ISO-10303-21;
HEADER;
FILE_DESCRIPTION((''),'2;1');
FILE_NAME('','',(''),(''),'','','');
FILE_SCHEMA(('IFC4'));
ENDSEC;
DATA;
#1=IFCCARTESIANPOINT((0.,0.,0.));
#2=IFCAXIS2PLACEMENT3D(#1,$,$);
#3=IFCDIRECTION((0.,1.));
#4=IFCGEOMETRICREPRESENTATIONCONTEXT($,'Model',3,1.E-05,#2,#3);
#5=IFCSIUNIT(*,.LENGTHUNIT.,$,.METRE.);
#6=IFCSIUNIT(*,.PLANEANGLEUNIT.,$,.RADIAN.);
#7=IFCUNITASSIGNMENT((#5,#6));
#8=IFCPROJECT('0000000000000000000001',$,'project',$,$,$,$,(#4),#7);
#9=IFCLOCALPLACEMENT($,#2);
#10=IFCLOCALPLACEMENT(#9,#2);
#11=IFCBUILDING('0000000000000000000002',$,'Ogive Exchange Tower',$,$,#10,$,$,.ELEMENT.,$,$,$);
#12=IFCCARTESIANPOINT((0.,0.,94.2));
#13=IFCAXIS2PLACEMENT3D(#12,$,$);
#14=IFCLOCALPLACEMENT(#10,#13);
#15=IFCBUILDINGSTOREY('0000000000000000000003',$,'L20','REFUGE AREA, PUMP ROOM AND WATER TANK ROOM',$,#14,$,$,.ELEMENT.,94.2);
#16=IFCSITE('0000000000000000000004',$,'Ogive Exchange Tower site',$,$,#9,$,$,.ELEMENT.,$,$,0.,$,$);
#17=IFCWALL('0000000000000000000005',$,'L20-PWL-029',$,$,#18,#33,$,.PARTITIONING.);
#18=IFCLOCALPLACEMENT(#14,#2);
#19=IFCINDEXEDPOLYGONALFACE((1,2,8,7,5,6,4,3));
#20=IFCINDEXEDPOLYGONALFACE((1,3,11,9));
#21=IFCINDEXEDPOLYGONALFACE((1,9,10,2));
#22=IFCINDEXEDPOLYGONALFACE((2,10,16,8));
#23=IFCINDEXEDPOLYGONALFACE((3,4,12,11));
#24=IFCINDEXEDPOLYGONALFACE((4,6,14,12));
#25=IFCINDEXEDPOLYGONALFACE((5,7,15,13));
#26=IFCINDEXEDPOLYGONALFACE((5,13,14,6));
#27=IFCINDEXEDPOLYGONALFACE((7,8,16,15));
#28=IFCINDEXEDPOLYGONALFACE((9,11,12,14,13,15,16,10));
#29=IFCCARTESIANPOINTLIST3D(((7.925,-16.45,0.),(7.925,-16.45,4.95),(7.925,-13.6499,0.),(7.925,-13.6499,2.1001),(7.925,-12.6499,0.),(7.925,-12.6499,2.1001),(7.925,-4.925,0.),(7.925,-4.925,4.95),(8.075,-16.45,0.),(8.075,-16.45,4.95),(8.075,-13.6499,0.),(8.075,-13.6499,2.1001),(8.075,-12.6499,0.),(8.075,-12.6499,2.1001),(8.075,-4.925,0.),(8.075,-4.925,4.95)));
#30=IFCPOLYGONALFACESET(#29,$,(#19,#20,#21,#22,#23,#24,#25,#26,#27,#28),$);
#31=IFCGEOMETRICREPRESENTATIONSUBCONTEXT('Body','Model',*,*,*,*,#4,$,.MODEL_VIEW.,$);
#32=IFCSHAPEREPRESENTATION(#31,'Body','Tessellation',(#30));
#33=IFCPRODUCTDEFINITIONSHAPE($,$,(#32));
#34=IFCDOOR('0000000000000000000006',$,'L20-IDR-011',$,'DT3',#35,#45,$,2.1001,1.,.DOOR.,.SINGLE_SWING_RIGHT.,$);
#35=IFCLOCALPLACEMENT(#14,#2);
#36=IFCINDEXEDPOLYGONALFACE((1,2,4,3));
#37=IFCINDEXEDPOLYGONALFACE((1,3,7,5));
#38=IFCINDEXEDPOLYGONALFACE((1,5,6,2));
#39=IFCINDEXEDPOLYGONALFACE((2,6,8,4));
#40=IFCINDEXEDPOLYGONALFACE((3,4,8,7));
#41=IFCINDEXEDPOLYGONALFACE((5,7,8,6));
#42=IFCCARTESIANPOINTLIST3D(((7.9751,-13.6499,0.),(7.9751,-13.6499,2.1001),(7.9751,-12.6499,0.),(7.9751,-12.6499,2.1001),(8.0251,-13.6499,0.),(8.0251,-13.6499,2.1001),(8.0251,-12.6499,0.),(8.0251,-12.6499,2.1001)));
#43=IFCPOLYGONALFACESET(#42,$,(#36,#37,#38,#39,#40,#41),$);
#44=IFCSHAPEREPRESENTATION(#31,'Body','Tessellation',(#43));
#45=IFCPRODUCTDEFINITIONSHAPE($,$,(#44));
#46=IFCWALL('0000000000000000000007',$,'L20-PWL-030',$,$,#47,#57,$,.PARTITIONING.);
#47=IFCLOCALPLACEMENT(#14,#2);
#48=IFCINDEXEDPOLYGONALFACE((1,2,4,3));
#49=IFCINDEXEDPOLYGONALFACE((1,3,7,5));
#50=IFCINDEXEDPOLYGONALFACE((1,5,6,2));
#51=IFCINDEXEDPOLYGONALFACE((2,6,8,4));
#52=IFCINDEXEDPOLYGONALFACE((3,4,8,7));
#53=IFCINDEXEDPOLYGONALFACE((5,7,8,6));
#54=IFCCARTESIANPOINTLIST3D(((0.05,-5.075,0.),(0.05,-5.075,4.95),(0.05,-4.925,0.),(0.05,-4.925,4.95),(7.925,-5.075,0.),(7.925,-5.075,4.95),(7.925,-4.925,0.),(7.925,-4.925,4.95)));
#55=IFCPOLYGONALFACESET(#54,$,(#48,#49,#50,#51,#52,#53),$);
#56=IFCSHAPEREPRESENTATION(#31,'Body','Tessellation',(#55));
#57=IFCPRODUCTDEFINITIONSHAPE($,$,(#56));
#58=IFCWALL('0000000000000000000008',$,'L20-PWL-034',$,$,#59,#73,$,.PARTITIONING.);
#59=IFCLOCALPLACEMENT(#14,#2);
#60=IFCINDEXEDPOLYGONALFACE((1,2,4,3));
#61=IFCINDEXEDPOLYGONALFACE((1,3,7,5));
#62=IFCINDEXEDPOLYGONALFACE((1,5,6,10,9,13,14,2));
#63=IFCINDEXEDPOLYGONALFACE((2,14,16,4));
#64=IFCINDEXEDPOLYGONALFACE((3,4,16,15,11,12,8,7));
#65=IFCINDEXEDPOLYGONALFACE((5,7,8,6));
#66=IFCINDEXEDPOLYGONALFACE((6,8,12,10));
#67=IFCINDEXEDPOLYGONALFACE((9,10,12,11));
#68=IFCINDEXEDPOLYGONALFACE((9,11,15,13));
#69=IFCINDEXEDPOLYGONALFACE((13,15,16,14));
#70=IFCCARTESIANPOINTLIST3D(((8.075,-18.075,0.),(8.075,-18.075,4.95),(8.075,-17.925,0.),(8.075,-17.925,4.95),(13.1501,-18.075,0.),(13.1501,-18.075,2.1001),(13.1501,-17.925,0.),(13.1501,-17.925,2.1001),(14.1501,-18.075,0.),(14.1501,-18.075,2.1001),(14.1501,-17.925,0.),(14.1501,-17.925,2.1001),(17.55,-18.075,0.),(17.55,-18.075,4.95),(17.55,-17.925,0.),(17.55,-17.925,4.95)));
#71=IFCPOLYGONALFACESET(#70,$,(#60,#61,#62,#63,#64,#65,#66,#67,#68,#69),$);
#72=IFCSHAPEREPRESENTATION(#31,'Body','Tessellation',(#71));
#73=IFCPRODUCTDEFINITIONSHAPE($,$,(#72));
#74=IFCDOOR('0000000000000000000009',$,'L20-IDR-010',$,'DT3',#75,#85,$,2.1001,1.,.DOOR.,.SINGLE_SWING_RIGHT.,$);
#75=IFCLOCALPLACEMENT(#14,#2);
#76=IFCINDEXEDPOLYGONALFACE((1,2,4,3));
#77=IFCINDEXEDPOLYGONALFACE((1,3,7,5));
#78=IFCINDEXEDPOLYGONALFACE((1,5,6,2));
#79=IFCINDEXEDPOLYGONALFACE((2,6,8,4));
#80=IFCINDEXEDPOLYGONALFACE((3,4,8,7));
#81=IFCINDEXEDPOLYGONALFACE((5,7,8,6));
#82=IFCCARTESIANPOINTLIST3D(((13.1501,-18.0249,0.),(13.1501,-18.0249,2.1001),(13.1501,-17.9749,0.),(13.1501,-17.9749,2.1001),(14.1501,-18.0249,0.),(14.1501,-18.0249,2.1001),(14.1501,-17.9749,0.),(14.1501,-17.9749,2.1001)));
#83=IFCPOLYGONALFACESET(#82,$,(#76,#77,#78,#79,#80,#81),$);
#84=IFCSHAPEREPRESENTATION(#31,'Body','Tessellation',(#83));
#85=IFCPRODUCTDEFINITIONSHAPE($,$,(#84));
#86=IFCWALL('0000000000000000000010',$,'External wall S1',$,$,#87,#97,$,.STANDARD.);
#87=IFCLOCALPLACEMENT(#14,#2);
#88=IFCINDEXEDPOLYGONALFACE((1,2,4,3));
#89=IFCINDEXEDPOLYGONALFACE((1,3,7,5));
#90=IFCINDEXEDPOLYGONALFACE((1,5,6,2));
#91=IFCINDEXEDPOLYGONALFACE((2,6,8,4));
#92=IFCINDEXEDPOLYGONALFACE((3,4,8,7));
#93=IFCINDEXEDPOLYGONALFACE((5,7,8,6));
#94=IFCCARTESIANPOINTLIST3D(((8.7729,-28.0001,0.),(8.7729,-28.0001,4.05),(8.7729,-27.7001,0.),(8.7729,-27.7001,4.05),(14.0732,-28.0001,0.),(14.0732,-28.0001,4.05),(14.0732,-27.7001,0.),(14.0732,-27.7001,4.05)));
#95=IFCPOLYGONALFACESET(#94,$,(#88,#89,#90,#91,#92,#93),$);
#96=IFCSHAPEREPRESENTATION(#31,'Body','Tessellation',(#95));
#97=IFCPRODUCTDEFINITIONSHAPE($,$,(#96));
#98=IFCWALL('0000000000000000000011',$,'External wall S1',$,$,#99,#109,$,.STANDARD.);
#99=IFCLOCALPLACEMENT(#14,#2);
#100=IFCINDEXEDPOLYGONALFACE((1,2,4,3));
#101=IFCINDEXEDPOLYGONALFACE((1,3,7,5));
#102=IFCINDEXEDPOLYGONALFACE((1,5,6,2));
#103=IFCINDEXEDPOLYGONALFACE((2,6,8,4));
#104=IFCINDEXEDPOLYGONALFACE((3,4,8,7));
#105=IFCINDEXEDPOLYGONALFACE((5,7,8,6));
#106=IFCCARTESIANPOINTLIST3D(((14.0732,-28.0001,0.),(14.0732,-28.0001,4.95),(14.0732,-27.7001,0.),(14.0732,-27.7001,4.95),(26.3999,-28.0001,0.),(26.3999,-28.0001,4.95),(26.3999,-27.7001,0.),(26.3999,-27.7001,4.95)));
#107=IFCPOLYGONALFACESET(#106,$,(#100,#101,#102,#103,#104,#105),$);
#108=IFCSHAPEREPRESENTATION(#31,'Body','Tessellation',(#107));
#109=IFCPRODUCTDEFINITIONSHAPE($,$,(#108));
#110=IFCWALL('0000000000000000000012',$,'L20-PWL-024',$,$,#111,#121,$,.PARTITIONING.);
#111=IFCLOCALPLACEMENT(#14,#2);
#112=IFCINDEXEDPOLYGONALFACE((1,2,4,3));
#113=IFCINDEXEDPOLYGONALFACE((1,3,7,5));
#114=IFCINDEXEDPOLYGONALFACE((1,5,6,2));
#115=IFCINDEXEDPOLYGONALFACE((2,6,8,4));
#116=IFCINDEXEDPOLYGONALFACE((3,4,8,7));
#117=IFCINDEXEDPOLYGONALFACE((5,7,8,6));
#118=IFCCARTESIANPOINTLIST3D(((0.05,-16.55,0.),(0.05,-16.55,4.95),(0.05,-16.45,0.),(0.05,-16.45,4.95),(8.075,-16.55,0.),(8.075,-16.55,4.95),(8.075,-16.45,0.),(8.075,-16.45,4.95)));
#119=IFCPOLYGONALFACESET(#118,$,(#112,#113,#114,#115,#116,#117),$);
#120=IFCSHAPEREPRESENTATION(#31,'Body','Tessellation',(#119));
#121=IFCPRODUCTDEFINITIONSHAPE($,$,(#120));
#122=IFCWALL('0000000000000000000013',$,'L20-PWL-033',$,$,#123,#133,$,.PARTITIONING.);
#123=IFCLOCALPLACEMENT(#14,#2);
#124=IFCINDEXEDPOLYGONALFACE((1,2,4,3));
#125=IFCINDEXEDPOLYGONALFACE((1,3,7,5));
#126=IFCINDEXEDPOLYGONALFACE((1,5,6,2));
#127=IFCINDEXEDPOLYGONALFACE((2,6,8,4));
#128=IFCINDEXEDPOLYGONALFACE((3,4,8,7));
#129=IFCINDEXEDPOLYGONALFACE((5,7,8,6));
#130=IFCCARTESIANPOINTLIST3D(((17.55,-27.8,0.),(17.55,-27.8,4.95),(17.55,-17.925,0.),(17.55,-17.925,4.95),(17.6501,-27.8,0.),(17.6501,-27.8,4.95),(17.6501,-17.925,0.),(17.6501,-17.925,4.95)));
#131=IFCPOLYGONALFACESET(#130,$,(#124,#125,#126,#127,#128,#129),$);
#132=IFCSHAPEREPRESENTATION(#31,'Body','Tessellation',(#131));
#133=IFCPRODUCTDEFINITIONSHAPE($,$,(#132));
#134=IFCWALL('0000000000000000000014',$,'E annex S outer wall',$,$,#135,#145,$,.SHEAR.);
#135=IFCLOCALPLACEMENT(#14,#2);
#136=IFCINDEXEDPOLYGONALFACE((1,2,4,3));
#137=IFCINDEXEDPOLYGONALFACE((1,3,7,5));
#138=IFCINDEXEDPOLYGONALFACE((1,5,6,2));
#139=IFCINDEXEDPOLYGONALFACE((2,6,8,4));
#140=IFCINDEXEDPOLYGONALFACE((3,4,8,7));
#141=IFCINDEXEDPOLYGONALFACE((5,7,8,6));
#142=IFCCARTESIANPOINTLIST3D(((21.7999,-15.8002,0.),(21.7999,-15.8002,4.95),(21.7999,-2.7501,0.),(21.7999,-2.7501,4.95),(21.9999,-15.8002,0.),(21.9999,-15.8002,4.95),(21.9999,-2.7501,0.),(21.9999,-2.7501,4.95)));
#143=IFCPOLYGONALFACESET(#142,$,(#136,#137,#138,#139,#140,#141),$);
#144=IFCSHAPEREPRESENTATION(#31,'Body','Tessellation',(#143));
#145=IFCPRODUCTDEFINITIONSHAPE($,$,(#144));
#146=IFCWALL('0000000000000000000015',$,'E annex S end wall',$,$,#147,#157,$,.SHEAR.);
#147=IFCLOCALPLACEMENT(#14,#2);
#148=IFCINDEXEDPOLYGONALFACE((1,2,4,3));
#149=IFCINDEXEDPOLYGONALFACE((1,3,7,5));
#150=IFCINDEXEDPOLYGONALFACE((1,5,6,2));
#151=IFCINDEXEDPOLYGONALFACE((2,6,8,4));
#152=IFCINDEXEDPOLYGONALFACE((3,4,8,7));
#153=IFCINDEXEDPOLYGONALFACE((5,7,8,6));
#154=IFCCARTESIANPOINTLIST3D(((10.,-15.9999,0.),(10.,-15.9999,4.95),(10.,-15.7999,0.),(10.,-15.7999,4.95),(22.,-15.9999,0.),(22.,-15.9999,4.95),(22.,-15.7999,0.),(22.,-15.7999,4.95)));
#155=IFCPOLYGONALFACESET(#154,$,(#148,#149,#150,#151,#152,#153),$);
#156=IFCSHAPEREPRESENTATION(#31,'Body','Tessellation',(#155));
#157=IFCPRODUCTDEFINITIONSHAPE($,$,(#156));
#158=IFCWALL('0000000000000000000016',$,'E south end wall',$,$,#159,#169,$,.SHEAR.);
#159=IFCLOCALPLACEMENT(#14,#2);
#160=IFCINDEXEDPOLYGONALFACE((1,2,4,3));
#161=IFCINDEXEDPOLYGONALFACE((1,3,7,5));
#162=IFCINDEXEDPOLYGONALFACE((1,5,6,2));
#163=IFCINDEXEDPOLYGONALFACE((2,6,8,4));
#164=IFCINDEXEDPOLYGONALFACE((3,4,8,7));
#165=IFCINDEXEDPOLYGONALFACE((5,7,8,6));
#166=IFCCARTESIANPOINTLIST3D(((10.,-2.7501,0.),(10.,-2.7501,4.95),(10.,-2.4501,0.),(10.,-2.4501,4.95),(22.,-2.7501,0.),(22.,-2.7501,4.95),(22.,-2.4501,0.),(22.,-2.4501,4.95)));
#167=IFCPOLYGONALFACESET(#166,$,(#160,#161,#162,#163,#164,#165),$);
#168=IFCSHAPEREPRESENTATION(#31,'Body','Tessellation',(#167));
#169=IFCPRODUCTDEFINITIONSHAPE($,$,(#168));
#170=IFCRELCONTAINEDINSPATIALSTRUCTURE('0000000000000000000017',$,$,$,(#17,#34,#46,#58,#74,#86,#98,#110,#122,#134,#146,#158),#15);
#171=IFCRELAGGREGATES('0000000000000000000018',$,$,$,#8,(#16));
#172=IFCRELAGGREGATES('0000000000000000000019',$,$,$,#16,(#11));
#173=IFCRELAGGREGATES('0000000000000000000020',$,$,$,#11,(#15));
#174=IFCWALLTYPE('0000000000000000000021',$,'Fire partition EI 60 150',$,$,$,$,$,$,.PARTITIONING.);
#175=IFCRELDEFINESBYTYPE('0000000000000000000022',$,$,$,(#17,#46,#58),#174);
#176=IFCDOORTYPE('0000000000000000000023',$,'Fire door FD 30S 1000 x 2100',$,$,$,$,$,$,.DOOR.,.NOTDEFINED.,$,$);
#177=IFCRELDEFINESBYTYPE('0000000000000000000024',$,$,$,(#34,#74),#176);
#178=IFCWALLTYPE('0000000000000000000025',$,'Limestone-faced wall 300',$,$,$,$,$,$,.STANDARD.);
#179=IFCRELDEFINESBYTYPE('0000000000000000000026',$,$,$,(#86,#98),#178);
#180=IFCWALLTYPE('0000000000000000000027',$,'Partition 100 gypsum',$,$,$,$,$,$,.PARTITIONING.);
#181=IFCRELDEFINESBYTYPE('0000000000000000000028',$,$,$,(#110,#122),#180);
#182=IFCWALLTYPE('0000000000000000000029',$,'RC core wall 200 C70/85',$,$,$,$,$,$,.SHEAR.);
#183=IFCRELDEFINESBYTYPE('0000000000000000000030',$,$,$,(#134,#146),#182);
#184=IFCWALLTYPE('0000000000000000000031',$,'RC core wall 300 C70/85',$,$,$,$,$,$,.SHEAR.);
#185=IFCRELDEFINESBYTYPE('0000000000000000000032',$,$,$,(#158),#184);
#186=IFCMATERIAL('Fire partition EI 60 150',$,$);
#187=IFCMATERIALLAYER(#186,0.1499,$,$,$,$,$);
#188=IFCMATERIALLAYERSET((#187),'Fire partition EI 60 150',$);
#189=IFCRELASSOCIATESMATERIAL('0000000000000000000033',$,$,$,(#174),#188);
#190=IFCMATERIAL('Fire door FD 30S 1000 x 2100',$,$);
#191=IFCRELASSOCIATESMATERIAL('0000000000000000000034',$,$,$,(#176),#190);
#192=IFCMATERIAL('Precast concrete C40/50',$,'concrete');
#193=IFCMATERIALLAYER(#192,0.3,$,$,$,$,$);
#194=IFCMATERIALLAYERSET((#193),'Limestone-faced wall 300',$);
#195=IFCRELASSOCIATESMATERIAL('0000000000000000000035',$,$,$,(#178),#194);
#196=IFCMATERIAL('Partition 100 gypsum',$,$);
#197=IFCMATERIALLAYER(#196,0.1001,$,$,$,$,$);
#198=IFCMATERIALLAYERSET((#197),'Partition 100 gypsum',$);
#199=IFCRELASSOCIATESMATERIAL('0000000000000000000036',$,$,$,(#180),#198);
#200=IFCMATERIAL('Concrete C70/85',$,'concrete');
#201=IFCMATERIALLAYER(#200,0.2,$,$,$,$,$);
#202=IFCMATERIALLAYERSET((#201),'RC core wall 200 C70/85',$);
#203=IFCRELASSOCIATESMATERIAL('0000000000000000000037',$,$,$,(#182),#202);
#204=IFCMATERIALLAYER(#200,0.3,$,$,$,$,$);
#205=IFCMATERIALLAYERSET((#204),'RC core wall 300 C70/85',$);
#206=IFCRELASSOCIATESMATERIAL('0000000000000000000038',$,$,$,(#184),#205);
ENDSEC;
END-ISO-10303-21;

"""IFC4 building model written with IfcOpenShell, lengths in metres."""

from ifc_helpers import new_model, si_unit, direction, frame, frame_2d, origin, place, context, subcontext, project, spatial, rectangle, extrude, material, layer, layer_set, type_object, element, fill, save


model = new_model("IFC4")

# Units and contexts
model_context = context("Model", 3, precision=1e-05, world=origin(), true_north=direction((0.0, 1.0)))
body_context = subcontext(model_context, "Body", "Model", "MODEL_VIEW")
ifc_project = project(units=[si_unit("LENGTHUNIT", "METRE"), si_unit("PLANEANGLEUNIT", "RADIAN")], contexts=[model_context])

# Site, building, storey
site_placement = place(None, origin())
site = spatial("IfcSite", under=ifc_project, at=site_placement, Name="Ogive Exchange Tower site", CompositionType="ELEMENT", RefElevation=0.0)
building_placement = place(site_placement, origin())
building = spatial("IfcBuilding", under=site, at=building_placement, Name="Ogive Exchange Tower", CompositionType="ELEMENT")
storey_placement = place(building_placement, frame((0.0, 0.0, 94.2)))
storey = spatial("IfcBuildingStorey", under=building, at=storey_placement, Name="L20", Description="REFUGE AREA, PUMP ROOM AND WATER TANK ROOM", CompositionType="ELEMENT", Elevation=94.2)

# Shared definitions
ifc_material_1 = material(Name="Fire partition EI 60 150")
ifc_layer_1 = layer(ifc_material_1, 0.1499)
ifc_layer_set_1 = layer_set([ifc_layer_1], Name="Fire partition EI 60 150")
wall_type_1 = type_object("IfcWallType", Name="Fire partition EI 60 150", PredefinedType="PARTITIONING", material=ifc_layer_set_1)

# Wall, opening, door
wall_1_placement = place(storey_placement, frame((8.0, -16.45, 0.0), z_axis=(0.0, 0.0, 1.0), x_axis=(0.0, 1.0, 0.0)))
wall_1 = element("IfcWall", 1, at=wall_1_placement, inside=storey, type_object=wall_type_1, Name="L20-PWL-029", PredefinedType="PARTITIONING", context=body_context, shape_type="SweptSolid", body=[
    extrude(rectangle(XDim=11.5249, YDim=0.1499, at=frame_2d((5.7625, 0.0))), origin(), (0.0, 0.0, 1.0), 4.95),
])
opening_1_placement = place(wall_1_placement, frame((2.8, 0.0, 0.0)))
opening_1 = element("IfcOpeningElement", 2, at=opening_1_placement, cuts=wall_1, PredefinedType="OPENING", context=body_context, shape_type="SweptSolid", body=[
    extrude(rectangle(XDim=1.0, YDim=2.1001, at=frame_2d((0.5, 1.05))), frame((0.0, 0.085, 0.0), z_axis=(0.0, -1.0, 0.0), x_axis=(1.0, 0.0, 0.0)), (0.0, 0.0, 1.0), 0.1699),
])
ifc_material_2 = material(Name="Fire door FD 30S 1000 x 2100")
door_type_1 = type_object("IfcDoorType", Name="Fire door FD 30S 1000 x 2100", OperationType="NOTDEFINED", PredefinedType="DOOR", material=ifc_material_2)
door_1_placement = place(opening_1_placement, origin())
door_1 = element("IfcDoor", 3, at=door_1_placement, inside=storey, type_object=door_type_1, Name="L20-IDR-011", ObjectType="DT3", OperationType="SINGLE_SWING_RIGHT", OverallHeight=2.1001, OverallWidth=1.0, PredefinedType="DOOR", context=body_context, shape_type="SweptSolid", body=[
    extrude(rectangle(XDim=1.0, YDim=2.1001, at=frame_2d((0.5, 1.05))), frame((0.0, 0.0249, 0.0), z_axis=(0.0, -1.0, 0.0), x_axis=(1.0, 0.0, 0.0)), (0.0, 0.0, 1.0), 0.05),
])
fill(opening_1, door_1)

# Wall
wall_2_placement = place(storey_placement, frame((7.925, -5.0, 0.0), z_axis=(0.0, 0.0, 1.0), x_axis=(-1.0, 0.0, 0.0)))
element("IfcWall", 4, at=wall_2_placement, inside=storey, type_object=wall_type_1, Name="L20-PWL-030", PredefinedType="PARTITIONING", context=body_context, shape_type="SweptSolid", body=[
    extrude(rectangle(XDim=7.875, YDim=0.1499, at=frame_2d((3.9375, 0.0))), origin(), (0.0, 0.0, 1.0), 4.95),
])

# Wall, opening, door
wall_3_placement = place(storey_placement, frame((17.55, -18.0, 0.0), z_axis=(0.0, 0.0, 1.0), x_axis=(-1.0, 0.0, 0.0)))
wall_3 = element("IfcWall", 5, at=wall_3_placement, inside=storey, type_object=wall_type_1, Name="L20-PWL-034", PredefinedType="PARTITIONING", context=body_context, shape_type="SweptSolid", body=[
    extrude(rectangle(XDim=9.4751, YDim=0.1499, at=frame_2d((4.7375, 0.0))), origin(), (0.0, 0.0, 1.0), 4.95),
])
opening_2_placement = place(wall_3_placement, frame((3.3999, 0.0, 0.0)))
opening_2 = element("IfcOpeningElement", 6, at=opening_2_placement, cuts=wall_3, PredefinedType="OPENING", context=body_context, shape_type="SweptSolid", body=[
    extrude(rectangle(XDim=1.0, YDim=2.1001, at=frame_2d((0.5, 1.05))), frame((0.0, 0.085, 0.0), z_axis=(0.0, -1.0, 0.0), x_axis=(1.0, 0.0, 0.0)), (0.0, 0.0, 1.0), 0.1699),
])
door_2_placement = place(opening_2_placement, origin())
door_2 = element("IfcDoor", 7, at=door_2_placement, inside=storey, type_object=door_type_1, Name="L20-IDR-010", ObjectType="DT3", OperationType="SINGLE_SWING_RIGHT", OverallHeight=2.1001, OverallWidth=1.0, PredefinedType="DOOR", context=body_context, shape_type="SweptSolid", body=[
    extrude(rectangle(XDim=1.0, YDim=2.1001, at=frame_2d((0.5, 1.05))), frame((0.0, 0.0249, 0.0), z_axis=(0.0, -1.0, 0.0), x_axis=(1.0, 0.0, 0.0)), (0.0, 0.0, 1.0), 0.05),
])
fill(opening_2, door_2)

# Walls
ifc_material_3 = material(Name="Precast concrete C40/50", Category="concrete")
ifc_layer_2 = layer(ifc_material_3, 0.3)
ifc_layer_set_2 = layer_set([ifc_layer_2], Name="Limestone-faced wall 300")
wall_type_2 = type_object("IfcWallType", Name="Limestone-faced wall 300", PredefinedType="STANDARD", material=ifc_layer_set_2)
wall_4_placement = place(storey_placement, frame((8.7729, -27.8501, 0.0), z_axis=(0.0, 0.0, 1.0), x_axis=(1.0, 0.0, 0.0)))
element("IfcWall", 8, at=wall_4_placement, inside=storey, type_object=wall_type_2, Name="External wall S1", PredefinedType="STANDARD", context=body_context, shape_type="SweptSolid", body=[
    extrude(rectangle(XDim=5.3003, YDim=0.3, at=frame_2d((2.6501, 0.0))), origin(), (0.0, 0.0, 1.0), 4.05),
])
wall_5_placement = place(storey_placement, frame((14.0732, -27.8501, 0.0), z_axis=(0.0, 0.0, 1.0), x_axis=(1.0, 0.0, 0.0)))
element("IfcWall", 9, at=wall_5_placement, inside=storey, type_object=wall_type_2, Name="External wall S1", PredefinedType="STANDARD", context=body_context, shape_type="SweptSolid", body=[
    extrude(rectangle(XDim=12.3267, YDim=0.3, at=frame_2d((6.1633, 0.0))), origin(), (0.0, 0.0, 1.0), 4.95),
])
ifc_material_4 = material(Name="Partition 100 gypsum")
ifc_layer_3 = layer(ifc_material_4, 0.1001)
ifc_layer_set_3 = layer_set([ifc_layer_3], Name="Partition 100 gypsum")
wall_type_3 = type_object("IfcWallType", Name="Partition 100 gypsum", PredefinedType="PARTITIONING", material=ifc_layer_set_3)
wall_6_placement = place(storey_placement, frame((0.05, -16.5, 0.0), z_axis=(0.0, 0.0, 1.0), x_axis=(1.0, 0.0, 0.0)))
element("IfcWall", 10, at=wall_6_placement, inside=storey, type_object=wall_type_3, Name="L20-PWL-024", PredefinedType="PARTITIONING", context=body_context, shape_type="SweptSolid", body=[
    extrude(rectangle(XDim=8.0249, YDim=0.1001, at=frame_2d((4.0125, 0.0))), origin(), (0.0, 0.0, 1.0), 4.95),
])
wall_7_placement = place(storey_placement, frame((17.6001, -27.8, 0.0), z_axis=(0.0, 0.0, 1.0), x_axis=(0.0, 1.0, 0.0)))
element("IfcWall", 11, at=wall_7_placement, inside=storey, type_object=wall_type_3, Name="L20-PWL-033", PredefinedType="PARTITIONING", context=body_context, shape_type="SweptSolid", body=[
    extrude(rectangle(XDim=9.875, YDim=0.1001, at=frame_2d((4.9375, 0.0))), origin(), (0.0, 0.0, 1.0), 4.95),
])
ifc_material_5 = material(Name="Concrete C70/85", Category="concrete")
ifc_layer_4 = layer(ifc_material_5, 0.2)
ifc_layer_set_4 = layer_set([ifc_layer_4], Name="RC core wall 200 C70/85")
wall_type_4 = type_object("IfcWallType", Name="RC core wall 200 C70/85", PredefinedType="SHEAR", material=ifc_layer_set_4)
wall_8_placement = place(storey_placement, frame((21.8999, -15.8, 0.0), z_axis=(0.0, 0.0, 1.0), x_axis=(0.0, 1.0, 0.0)))
element("IfcWall", 12, at=wall_8_placement, inside=storey, type_object=wall_type_4, Name="E annex S outer wall", PredefinedType="SHEAR", context=body_context, shape_type="SweptSolid", body=[
    extrude(rectangle(XDim=13.05, YDim=0.2, at=frame_2d((6.5249, 0.0))), origin(), (0.0, 0.0, 1.0), 4.95),
])

# Walls
wall_9_placement = place(storey_placement, frame((10.0, -15.8999, 0.0), z_axis=(0.0, 0.0, 1.0), x_axis=(1.0, 0.0, 0.0)))
element("IfcWall", 13, at=wall_9_placement, inside=storey, type_object=wall_type_4, Name="E annex S end wall", PredefinedType="SHEAR", context=body_context, shape_type="SweptSolid", body=[
    extrude(rectangle(XDim=12.0, YDim=0.2, at=frame_2d((6.0, 0.0))), origin(), (0.0, 0.0, 1.0), 4.95),
])
ifc_layer_5 = layer(ifc_material_5, 0.3)
ifc_layer_set_5 = layer_set([ifc_layer_5], Name="RC core wall 300 C70/85")
wall_type_5 = type_object("IfcWallType", Name="RC core wall 300 C70/85", PredefinedType="SHEAR", material=ifc_layer_set_5)
wall_10_placement = place(storey_placement, frame((10.0, -2.6001, 0.0), z_axis=(0.0, 0.0, 1.0), x_axis=(1.0, 0.0, 0.0)))
element("IfcWall", 14, at=wall_10_placement, inside=storey, type_object=wall_type_5, Name="E south end wall", PredefinedType="SHEAR", context=body_context, shape_type="SweptSolid", body=[
    extrude(rectangle(XDim=12.0, YDim=0.3, at=frame_2d((6.0, 0.0))), origin(), (0.0, 0.0, 1.0), 4.95),
])

save(model, "model.ifc")
